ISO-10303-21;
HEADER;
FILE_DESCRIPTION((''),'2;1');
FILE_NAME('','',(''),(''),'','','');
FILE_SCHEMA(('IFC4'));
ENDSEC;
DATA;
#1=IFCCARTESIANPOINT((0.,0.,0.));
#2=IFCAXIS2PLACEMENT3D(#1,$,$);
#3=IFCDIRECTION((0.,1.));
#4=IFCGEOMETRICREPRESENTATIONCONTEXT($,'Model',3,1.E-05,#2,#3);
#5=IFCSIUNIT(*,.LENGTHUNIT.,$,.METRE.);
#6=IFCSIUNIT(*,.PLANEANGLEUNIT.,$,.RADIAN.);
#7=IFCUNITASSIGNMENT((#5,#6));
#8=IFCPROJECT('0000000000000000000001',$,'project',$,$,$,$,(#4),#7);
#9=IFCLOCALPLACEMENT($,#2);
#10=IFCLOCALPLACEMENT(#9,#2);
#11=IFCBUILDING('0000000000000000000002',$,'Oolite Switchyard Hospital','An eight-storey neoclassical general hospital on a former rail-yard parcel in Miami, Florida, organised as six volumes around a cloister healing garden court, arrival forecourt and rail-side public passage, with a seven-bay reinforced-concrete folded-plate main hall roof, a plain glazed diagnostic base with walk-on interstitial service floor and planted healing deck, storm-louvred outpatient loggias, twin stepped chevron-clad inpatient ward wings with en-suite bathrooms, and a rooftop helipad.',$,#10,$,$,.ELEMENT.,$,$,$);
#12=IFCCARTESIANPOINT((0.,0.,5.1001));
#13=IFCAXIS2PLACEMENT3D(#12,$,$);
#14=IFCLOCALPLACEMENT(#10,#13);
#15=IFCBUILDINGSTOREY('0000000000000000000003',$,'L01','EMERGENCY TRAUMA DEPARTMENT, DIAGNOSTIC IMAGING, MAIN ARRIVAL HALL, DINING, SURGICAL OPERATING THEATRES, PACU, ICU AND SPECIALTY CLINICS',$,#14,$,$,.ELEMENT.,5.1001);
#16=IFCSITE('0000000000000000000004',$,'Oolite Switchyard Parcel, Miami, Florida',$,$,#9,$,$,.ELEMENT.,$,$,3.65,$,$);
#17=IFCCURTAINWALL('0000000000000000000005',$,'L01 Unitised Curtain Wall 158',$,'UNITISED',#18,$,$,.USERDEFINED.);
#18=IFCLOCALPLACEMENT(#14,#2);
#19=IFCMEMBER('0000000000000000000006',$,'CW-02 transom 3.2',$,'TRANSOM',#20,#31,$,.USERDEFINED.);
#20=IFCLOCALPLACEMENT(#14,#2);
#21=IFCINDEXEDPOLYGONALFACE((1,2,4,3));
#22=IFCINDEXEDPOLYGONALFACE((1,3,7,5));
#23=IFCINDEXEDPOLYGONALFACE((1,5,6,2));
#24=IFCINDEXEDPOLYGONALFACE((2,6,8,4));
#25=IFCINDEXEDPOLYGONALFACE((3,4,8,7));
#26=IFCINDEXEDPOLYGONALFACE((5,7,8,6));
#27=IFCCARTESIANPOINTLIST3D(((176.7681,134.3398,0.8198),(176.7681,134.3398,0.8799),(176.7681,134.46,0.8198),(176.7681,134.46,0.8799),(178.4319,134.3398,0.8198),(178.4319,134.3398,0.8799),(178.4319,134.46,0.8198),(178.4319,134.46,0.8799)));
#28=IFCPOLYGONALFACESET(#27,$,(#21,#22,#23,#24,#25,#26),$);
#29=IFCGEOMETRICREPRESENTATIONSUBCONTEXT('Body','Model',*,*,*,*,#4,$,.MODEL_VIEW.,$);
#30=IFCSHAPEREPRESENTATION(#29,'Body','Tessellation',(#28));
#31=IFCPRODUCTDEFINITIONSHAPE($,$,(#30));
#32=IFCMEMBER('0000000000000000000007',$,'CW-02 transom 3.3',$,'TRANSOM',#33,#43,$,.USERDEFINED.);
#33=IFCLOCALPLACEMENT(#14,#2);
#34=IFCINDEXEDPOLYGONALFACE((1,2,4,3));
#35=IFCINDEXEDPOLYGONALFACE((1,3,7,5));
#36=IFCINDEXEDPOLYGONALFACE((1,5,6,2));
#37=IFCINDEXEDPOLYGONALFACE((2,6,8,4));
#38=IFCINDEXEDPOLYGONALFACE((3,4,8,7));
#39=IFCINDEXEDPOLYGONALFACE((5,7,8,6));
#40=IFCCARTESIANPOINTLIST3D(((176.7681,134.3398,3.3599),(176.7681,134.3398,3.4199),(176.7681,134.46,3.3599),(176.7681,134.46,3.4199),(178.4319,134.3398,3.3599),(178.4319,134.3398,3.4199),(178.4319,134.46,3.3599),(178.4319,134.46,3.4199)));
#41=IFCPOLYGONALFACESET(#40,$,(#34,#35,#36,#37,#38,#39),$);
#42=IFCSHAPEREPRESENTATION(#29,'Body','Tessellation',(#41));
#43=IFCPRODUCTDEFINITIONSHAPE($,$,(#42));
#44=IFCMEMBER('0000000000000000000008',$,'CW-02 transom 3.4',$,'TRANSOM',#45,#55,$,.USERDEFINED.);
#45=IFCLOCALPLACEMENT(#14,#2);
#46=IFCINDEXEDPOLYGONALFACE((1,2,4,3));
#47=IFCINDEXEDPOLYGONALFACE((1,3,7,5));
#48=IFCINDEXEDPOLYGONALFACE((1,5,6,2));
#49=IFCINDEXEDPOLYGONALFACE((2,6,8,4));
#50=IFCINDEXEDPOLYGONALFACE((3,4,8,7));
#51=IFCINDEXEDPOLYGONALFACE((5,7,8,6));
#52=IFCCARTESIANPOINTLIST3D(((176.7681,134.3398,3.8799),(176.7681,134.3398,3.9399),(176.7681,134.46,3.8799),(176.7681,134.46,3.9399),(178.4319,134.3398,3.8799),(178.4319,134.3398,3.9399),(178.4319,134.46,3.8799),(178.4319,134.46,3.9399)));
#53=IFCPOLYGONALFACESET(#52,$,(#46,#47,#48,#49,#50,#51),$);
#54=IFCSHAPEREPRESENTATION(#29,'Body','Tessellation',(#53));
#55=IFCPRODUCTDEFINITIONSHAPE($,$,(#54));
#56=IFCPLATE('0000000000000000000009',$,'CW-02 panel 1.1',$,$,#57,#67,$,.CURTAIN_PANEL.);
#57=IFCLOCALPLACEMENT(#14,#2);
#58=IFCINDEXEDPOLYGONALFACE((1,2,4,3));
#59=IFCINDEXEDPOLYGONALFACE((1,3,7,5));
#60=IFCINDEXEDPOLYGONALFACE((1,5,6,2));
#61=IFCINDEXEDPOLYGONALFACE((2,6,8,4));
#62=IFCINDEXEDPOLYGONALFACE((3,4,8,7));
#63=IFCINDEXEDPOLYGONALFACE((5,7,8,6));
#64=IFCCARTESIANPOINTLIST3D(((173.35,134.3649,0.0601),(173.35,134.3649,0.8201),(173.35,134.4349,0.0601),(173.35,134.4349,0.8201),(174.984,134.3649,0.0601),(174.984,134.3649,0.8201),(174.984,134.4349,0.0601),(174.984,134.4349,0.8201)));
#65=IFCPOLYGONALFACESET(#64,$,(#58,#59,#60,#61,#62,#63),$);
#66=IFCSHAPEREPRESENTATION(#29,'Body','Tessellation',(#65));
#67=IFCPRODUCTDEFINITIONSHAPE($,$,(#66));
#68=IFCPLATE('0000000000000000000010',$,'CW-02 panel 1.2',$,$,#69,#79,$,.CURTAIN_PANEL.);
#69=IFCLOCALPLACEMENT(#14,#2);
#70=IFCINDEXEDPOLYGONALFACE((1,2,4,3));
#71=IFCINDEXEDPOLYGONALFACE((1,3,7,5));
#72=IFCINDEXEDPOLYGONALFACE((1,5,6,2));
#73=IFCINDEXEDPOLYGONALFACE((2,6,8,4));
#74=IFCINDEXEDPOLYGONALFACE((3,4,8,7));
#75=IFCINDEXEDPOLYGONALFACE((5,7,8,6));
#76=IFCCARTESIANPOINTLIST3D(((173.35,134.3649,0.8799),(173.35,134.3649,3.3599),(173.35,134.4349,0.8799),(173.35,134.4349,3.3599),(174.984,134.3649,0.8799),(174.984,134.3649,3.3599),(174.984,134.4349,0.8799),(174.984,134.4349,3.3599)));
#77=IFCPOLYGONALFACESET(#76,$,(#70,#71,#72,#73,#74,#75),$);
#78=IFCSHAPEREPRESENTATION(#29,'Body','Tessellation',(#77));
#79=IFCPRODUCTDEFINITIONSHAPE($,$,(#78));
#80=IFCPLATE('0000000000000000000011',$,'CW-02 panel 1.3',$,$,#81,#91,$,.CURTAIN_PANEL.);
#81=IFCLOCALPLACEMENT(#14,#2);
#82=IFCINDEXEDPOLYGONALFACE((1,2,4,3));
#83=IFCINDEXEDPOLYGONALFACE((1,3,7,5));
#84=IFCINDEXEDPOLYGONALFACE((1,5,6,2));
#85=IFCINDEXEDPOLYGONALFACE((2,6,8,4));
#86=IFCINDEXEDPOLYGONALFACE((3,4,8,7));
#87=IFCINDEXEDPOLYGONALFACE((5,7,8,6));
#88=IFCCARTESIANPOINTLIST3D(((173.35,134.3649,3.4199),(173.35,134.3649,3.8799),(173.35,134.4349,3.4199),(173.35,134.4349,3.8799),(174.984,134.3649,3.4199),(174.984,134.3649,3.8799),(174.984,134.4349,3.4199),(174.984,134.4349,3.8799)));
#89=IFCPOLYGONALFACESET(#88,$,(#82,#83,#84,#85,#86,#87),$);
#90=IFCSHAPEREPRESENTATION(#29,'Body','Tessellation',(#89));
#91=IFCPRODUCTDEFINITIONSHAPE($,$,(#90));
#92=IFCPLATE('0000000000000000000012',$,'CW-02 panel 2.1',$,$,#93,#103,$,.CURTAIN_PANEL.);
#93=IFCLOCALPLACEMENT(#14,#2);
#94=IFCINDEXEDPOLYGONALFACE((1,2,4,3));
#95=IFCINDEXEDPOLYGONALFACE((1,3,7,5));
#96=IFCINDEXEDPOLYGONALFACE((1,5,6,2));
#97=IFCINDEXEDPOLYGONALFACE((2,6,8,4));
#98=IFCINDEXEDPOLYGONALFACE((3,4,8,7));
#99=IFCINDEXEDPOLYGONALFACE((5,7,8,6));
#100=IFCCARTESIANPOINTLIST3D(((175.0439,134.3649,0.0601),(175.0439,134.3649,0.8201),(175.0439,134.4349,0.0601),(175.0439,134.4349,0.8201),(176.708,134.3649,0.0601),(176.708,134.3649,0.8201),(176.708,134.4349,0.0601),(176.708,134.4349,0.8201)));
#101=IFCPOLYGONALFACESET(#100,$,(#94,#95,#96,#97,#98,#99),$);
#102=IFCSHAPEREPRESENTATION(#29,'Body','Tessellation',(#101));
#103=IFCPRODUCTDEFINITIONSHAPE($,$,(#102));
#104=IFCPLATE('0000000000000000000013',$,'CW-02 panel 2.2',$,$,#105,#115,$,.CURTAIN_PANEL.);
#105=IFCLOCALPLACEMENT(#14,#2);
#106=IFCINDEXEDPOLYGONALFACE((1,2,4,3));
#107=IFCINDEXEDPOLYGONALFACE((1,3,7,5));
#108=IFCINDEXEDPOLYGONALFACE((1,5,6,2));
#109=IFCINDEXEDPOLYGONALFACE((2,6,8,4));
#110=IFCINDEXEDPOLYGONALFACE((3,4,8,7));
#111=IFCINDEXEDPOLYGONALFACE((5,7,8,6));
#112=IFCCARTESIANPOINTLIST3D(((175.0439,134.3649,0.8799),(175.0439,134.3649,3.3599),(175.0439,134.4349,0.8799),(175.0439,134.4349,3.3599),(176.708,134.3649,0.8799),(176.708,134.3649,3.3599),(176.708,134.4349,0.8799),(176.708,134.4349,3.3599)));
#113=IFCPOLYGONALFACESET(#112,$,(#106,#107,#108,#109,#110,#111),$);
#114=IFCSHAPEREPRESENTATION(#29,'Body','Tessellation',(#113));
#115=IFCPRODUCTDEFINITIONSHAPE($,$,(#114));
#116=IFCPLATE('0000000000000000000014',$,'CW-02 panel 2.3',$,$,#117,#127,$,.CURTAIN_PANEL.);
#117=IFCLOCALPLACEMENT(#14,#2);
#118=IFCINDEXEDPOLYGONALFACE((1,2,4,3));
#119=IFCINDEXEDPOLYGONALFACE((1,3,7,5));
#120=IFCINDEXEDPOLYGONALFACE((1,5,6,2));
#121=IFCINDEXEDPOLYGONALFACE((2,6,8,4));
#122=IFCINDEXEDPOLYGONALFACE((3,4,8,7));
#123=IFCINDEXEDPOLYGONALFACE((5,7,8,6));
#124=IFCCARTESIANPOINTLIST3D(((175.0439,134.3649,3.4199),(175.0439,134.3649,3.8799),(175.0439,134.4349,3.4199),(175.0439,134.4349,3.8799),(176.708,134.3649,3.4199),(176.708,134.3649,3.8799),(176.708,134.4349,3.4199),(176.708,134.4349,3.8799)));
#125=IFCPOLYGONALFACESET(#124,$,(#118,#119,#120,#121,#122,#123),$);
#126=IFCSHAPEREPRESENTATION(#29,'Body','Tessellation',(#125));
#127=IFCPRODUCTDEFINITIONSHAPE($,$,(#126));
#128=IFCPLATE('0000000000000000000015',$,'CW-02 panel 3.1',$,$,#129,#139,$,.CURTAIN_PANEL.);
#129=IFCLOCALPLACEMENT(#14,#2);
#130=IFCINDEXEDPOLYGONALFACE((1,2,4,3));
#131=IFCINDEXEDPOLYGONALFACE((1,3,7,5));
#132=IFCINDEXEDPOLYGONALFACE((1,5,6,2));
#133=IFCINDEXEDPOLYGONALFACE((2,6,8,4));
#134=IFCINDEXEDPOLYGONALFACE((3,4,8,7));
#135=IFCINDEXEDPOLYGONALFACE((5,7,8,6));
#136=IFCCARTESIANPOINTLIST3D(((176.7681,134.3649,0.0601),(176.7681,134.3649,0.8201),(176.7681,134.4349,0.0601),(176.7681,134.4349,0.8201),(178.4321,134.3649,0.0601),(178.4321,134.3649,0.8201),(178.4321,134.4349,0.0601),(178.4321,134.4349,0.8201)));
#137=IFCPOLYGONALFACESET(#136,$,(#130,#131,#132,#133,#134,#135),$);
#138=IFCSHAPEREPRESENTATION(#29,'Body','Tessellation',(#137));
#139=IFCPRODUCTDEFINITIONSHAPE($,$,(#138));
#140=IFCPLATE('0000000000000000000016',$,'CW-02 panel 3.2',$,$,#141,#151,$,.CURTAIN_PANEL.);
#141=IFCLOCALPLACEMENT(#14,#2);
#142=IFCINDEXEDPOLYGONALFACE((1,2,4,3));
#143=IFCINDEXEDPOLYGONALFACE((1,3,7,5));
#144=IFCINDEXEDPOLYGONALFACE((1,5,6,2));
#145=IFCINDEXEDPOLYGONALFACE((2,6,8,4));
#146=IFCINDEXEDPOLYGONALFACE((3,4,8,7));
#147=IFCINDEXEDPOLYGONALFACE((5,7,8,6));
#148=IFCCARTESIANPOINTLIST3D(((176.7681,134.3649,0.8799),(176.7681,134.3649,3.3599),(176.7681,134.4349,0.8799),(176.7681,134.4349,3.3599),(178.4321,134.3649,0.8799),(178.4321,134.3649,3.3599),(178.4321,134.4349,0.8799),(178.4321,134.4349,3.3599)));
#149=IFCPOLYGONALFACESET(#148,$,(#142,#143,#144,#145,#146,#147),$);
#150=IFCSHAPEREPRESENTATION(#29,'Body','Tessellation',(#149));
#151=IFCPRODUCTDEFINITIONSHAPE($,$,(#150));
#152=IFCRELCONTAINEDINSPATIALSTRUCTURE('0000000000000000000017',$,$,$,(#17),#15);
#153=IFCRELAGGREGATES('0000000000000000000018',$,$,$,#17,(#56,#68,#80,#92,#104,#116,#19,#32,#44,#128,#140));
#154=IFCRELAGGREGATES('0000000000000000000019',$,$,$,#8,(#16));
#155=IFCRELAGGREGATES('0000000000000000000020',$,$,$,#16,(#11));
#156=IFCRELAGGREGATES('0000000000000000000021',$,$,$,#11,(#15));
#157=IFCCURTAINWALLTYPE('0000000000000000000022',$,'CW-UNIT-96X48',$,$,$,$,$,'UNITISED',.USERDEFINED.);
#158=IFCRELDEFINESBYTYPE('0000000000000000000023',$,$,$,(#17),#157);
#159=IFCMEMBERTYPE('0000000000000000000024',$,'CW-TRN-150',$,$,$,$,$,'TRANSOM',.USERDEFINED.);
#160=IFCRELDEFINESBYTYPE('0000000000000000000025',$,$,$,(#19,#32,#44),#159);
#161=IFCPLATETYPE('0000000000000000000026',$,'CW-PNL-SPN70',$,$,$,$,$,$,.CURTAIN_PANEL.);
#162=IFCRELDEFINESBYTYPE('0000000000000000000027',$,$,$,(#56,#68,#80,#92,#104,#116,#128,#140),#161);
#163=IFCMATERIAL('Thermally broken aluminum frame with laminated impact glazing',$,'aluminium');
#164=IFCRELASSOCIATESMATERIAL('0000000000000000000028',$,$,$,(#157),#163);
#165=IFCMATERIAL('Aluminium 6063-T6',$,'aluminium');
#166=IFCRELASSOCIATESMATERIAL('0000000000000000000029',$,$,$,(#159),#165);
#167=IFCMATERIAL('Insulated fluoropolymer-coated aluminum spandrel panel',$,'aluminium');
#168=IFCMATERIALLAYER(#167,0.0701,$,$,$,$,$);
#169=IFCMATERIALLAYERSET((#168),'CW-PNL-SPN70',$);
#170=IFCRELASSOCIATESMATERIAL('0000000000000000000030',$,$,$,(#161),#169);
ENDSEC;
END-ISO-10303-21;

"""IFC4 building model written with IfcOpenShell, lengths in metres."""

from ifc_helpers import new_model, si_unit, direction, frame, origin, origin_2d, place, context, subcontext, project, spatial, rectangle, extrude, material, layer, layer_set, material_profile, profile_set, type_object, element, aggregate, save


model = new_model("IFC4")

# Units and contexts
model_context = context("Model", 3, precision=1e-05, world=origin(), true_north=direction((0.0, 1.0)))
body_context = subcontext(model_context, "Body", "Model", "MODEL_VIEW")
ifc_project = project(units=[si_unit("LENGTHUNIT", "METRE"), si_unit("PLANEANGLEUNIT", "RADIAN")], contexts=[model_context])

# Site, building, storey
site_placement = place(None, origin())
site = spatial("IfcSite", under=ifc_project, at=site_placement, Name="Oolite Switchyard Parcel, Miami, Florida", CompositionType="ELEMENT", RefElevation=3.65)
building_placement = place(site_placement, origin())
building = spatial("IfcBuilding", under=site, at=building_placement, Name="Oolite Switchyard Hospital", Description="An eight-storey neoclassical general hospital on a former rail-yard parcel in Miami, Florida, organised as six volumes around a cloister healing garden court, arrival forecourt and rail-side public passage, with a seven-bay reinforced-concrete folded-plate main hall roof, a plain glazed diagnostic base with walk-on interstitial service floor and planted healing deck, storm-louvred outpatient loggias, twin stepped chevron-clad inpatient ward wings with en-suite bathrooms, and a rooftop helipad.", CompositionType="ELEMENT")
storey_placement = place(building_placement, frame((0.0, 0.0, 5.1001)))
storey = spatial("IfcBuildingStorey", under=building, at=storey_placement, Name="L01", Description="EMERGENCY TRAUMA DEPARTMENT, DIAGNOSTIC IMAGING, MAIN ARRIVAL HALL, DINING, SURGICAL OPERATING THEATRES, PACU, ICU AND SPECIALTY CLINICS", CompositionType="ELEMENT", Elevation=5.1001)

# Curtain wall, members, plates
ifc_material_1 = material(Name="Thermally broken aluminum frame with laminated impact glazing", Category="aluminium")
curtain_wall_type = type_object("IfcCurtainWallType", Name="CW-UNIT-96X48", ElementType="UNITISED", PredefinedType="USERDEFINED", material=ifc_material_1)
curtain_wall_placement = place(storey_placement, origin())
curtain_wall = element("IfcCurtainWall", 1, at=curtain_wall_placement, inside=storey, type_object=curtain_wall_type, Name="L01 Unitised Curtain Wall 158", ObjectType="UNITISED", PredefinedType="USERDEFINED")
ifc_material_2 = material(Name="Aluminium 6063-T6", Category="aluminium")
ifc_material_profile_1 = material_profile(ifc_material_2, rectangle(XDim=0.1201, YDim=0.0601, at=origin_2d()), Name="CWT60X120")
ifc_profile_set_1 = profile_set([ifc_material_profile_1], Name="Aluminium 6063-T6")
member_type_1 = type_object("IfcMemberType", Name="CW-TRN-150", ElementType="TRANSOM", PredefinedType="USERDEFINED", material=ifc_profile_set_1)
member_1_placement = place(storey_placement, frame((176.7681, 134.3999, 0.8499), z_axis=(1.0, 0.0, 0.0), x_axis=(0.0, 1.0, 0.0)))
member_1 = element("IfcMember", 2, at=member_1_placement, type_object=member_type_1, Name="CW-02 transom 3.2", ObjectType="TRANSOM", PredefinedType="USERDEFINED", context=body_context, shape_type="SweptSolid", body=[
    extrude(rectangle(XDim=0.1201, YDim=0.0601, at=origin_2d()), origin(), (0.0, 0.0, 1.0), 1.6638),
])
member_2_placement = place(storey_placement, frame((176.7681, 134.3999, 3.3899), z_axis=(1.0, 0.0, 0.0), x_axis=(0.0, 1.0, 0.0)))
member_2 = element("IfcMember", 3, at=member_2_placement, type_object=member_type_1, Name="CW-02 transom 3.3", ObjectType="TRANSOM", PredefinedType="USERDEFINED", context=body_context, shape_type="SweptSolid", body=[
    extrude(rectangle(XDim=0.1201, YDim=0.0601, at=origin_2d()), origin(), (0.0, 0.0, 1.0), 1.6638),
])
member_3_placement = place(storey_placement, frame((176.7681, 134.3999, 3.9099), z_axis=(1.0, 0.0, 0.0), x_axis=(0.0, 1.0, 0.0)))
member_3 = element("IfcMember", 4, at=member_3_placement, type_object=member_type_1, Name="CW-02 transom 3.4", ObjectType="TRANSOM", PredefinedType="USERDEFINED", context=body_context, shape_type="SweptSolid", body=[
    extrude(rectangle(XDim=0.1201, YDim=0.0601, at=origin_2d()), origin(), (0.0, 0.0, 1.0), 1.6638),
])
ifc_material_3 = material(Name="Insulated fluoropolymer-coated aluminum spandrel panel", Category="aluminium")
ifc_layer = layer(ifc_material_3, 0.0701)
ifc_layer_set = layer_set([ifc_layer], Name="CW-PNL-SPN70")
plate_type = type_object("IfcPlateType", Name="CW-PNL-SPN70", PredefinedType="CURTAIN_PANEL", material=ifc_layer_set)
plate_1_placement = place(storey_placement, frame((174.167, 134.3999, 0.0601), z_axis=(0.0, 0.0, 1.0), x_axis=(1.0, 0.0, 0.0)))
plate_1 = element("IfcPlate", 5, at=plate_1_placement, type_object=plate_type, Name="CW-02 panel 1.1", PredefinedType="CURTAIN_PANEL", context=body_context, shape_type="SweptSolid", body=[
    extrude(rectangle(XDim=1.634, YDim=0.0701, at=origin_2d()), origin(), (0.0, 0.0, 1.0), 0.76),
])
plate_2_placement = place(storey_placement, frame((174.167, 134.3999, 0.8799), z_axis=(0.0, 0.0, 1.0), x_axis=(1.0, 0.0, 0.0)))
plate_2 = element("IfcPlate", 6, at=plate_2_placement, type_object=plate_type, Name="CW-02 panel 1.2", PredefinedType="CURTAIN_PANEL", context=body_context, shape_type="SweptSolid", body=[
    extrude(rectangle(XDim=1.634, YDim=0.0701, at=origin_2d()), origin(), (0.0, 0.0, 1.0), 2.48),
])
plate_3_placement = place(storey_placement, frame((174.167, 134.3999, 3.4199), z_axis=(0.0, 0.0, 1.0), x_axis=(1.0, 0.0, 0.0)))
plate_3 = element("IfcPlate", 7, at=plate_3_placement, type_object=plate_type, Name="CW-02 panel 1.3", PredefinedType="CURTAIN_PANEL", context=body_context, shape_type="SweptSolid", body=[
    extrude(rectangle(XDim=1.634, YDim=0.0701, at=origin_2d()), origin(), (0.0, 0.0, 1.0), 0.46),
])
plate_4_placement = place(storey_placement, frame((175.876, 134.3999, 0.0601), z_axis=(0.0, 0.0, 1.0), x_axis=(1.0, 0.0, 0.0)))
plate_4 = element("IfcPlate", 8, at=plate_4_placement, type_object=plate_type, Name="CW-02 panel 2.1", PredefinedType="CURTAIN_PANEL", context=body_context, shape_type="SweptSolid", body=[
    extrude(rectangle(XDim=1.6641, YDim=0.0701, at=origin_2d()), origin(), (0.0, 0.0, 1.0), 0.76),
])
plate_5_placement = place(storey_placement, frame((175.876, 134.3999, 0.8799), z_axis=(0.0, 0.0, 1.0), x_axis=(1.0, 0.0, 0.0)))
plate_5 = element("IfcPlate", 9, at=plate_5_placement, type_object=plate_type, Name="CW-02 panel 2.2", PredefinedType="CURTAIN_PANEL", context=body_context, shape_type="SweptSolid", body=[
    extrude(rectangle(XDim=1.6641, YDim=0.0701, at=origin_2d()), origin(), (0.0, 0.0, 1.0), 2.48),
])
plate_6_placement = place(storey_placement, frame((175.876, 134.3999, 3.4199), z_axis=(0.0, 0.0, 1.0), x_axis=(1.0, 0.0, 0.0)))
plate_6 = element("IfcPlate", 10, at=plate_6_placement, type_object=plate_type, Name="CW-02 panel 2.3", PredefinedType="CURTAIN_PANEL", context=body_context, shape_type="SweptSolid", body=[
    extrude(rectangle(XDim=1.6641, YDim=0.0701, at=origin_2d()), origin(), (0.0, 0.0, 1.0), 0.46),
])
plate_7_placement = place(storey_placement, frame((177.6001, 134.3999, 0.0601), z_axis=(0.0, 0.0, 1.0), x_axis=(1.0, 0.0, 0.0)))
plate_7 = element("IfcPlate", 11, at=plate_7_placement, type_object=plate_type, Name="CW-02 panel 3.1", PredefinedType="CURTAIN_PANEL", context=body_context, shape_type="SweptSolid", body=[
    extrude(rectangle(XDim=1.6641, YDim=0.0701, at=origin_2d()), origin(), (0.0, 0.0, 1.0), 0.76),
])
plate_8_placement = place(storey_placement, frame((177.6001, 134.3999, 0.8799), z_axis=(0.0, 0.0, 1.0), x_axis=(1.0, 0.0, 0.0)))
plate_8 = element("IfcPlate", 12, at=plate_8_placement, type_object=plate_type, Name="CW-02 panel 3.2", PredefinedType="CURTAIN_PANEL", context=body_context, shape_type="SweptSolid", body=[
    extrude(rectangle(XDim=1.6641, YDim=0.0701, at=origin_2d()), origin(), (0.0, 0.0, 1.0), 2.48),
])
aggregate(curtain_wall, [plate_1, plate_2, plate_3, plate_4, plate_5, plate_6, member_1, member_2, member_3, plate_7, plate_8])

save(model, "model.ifc")
